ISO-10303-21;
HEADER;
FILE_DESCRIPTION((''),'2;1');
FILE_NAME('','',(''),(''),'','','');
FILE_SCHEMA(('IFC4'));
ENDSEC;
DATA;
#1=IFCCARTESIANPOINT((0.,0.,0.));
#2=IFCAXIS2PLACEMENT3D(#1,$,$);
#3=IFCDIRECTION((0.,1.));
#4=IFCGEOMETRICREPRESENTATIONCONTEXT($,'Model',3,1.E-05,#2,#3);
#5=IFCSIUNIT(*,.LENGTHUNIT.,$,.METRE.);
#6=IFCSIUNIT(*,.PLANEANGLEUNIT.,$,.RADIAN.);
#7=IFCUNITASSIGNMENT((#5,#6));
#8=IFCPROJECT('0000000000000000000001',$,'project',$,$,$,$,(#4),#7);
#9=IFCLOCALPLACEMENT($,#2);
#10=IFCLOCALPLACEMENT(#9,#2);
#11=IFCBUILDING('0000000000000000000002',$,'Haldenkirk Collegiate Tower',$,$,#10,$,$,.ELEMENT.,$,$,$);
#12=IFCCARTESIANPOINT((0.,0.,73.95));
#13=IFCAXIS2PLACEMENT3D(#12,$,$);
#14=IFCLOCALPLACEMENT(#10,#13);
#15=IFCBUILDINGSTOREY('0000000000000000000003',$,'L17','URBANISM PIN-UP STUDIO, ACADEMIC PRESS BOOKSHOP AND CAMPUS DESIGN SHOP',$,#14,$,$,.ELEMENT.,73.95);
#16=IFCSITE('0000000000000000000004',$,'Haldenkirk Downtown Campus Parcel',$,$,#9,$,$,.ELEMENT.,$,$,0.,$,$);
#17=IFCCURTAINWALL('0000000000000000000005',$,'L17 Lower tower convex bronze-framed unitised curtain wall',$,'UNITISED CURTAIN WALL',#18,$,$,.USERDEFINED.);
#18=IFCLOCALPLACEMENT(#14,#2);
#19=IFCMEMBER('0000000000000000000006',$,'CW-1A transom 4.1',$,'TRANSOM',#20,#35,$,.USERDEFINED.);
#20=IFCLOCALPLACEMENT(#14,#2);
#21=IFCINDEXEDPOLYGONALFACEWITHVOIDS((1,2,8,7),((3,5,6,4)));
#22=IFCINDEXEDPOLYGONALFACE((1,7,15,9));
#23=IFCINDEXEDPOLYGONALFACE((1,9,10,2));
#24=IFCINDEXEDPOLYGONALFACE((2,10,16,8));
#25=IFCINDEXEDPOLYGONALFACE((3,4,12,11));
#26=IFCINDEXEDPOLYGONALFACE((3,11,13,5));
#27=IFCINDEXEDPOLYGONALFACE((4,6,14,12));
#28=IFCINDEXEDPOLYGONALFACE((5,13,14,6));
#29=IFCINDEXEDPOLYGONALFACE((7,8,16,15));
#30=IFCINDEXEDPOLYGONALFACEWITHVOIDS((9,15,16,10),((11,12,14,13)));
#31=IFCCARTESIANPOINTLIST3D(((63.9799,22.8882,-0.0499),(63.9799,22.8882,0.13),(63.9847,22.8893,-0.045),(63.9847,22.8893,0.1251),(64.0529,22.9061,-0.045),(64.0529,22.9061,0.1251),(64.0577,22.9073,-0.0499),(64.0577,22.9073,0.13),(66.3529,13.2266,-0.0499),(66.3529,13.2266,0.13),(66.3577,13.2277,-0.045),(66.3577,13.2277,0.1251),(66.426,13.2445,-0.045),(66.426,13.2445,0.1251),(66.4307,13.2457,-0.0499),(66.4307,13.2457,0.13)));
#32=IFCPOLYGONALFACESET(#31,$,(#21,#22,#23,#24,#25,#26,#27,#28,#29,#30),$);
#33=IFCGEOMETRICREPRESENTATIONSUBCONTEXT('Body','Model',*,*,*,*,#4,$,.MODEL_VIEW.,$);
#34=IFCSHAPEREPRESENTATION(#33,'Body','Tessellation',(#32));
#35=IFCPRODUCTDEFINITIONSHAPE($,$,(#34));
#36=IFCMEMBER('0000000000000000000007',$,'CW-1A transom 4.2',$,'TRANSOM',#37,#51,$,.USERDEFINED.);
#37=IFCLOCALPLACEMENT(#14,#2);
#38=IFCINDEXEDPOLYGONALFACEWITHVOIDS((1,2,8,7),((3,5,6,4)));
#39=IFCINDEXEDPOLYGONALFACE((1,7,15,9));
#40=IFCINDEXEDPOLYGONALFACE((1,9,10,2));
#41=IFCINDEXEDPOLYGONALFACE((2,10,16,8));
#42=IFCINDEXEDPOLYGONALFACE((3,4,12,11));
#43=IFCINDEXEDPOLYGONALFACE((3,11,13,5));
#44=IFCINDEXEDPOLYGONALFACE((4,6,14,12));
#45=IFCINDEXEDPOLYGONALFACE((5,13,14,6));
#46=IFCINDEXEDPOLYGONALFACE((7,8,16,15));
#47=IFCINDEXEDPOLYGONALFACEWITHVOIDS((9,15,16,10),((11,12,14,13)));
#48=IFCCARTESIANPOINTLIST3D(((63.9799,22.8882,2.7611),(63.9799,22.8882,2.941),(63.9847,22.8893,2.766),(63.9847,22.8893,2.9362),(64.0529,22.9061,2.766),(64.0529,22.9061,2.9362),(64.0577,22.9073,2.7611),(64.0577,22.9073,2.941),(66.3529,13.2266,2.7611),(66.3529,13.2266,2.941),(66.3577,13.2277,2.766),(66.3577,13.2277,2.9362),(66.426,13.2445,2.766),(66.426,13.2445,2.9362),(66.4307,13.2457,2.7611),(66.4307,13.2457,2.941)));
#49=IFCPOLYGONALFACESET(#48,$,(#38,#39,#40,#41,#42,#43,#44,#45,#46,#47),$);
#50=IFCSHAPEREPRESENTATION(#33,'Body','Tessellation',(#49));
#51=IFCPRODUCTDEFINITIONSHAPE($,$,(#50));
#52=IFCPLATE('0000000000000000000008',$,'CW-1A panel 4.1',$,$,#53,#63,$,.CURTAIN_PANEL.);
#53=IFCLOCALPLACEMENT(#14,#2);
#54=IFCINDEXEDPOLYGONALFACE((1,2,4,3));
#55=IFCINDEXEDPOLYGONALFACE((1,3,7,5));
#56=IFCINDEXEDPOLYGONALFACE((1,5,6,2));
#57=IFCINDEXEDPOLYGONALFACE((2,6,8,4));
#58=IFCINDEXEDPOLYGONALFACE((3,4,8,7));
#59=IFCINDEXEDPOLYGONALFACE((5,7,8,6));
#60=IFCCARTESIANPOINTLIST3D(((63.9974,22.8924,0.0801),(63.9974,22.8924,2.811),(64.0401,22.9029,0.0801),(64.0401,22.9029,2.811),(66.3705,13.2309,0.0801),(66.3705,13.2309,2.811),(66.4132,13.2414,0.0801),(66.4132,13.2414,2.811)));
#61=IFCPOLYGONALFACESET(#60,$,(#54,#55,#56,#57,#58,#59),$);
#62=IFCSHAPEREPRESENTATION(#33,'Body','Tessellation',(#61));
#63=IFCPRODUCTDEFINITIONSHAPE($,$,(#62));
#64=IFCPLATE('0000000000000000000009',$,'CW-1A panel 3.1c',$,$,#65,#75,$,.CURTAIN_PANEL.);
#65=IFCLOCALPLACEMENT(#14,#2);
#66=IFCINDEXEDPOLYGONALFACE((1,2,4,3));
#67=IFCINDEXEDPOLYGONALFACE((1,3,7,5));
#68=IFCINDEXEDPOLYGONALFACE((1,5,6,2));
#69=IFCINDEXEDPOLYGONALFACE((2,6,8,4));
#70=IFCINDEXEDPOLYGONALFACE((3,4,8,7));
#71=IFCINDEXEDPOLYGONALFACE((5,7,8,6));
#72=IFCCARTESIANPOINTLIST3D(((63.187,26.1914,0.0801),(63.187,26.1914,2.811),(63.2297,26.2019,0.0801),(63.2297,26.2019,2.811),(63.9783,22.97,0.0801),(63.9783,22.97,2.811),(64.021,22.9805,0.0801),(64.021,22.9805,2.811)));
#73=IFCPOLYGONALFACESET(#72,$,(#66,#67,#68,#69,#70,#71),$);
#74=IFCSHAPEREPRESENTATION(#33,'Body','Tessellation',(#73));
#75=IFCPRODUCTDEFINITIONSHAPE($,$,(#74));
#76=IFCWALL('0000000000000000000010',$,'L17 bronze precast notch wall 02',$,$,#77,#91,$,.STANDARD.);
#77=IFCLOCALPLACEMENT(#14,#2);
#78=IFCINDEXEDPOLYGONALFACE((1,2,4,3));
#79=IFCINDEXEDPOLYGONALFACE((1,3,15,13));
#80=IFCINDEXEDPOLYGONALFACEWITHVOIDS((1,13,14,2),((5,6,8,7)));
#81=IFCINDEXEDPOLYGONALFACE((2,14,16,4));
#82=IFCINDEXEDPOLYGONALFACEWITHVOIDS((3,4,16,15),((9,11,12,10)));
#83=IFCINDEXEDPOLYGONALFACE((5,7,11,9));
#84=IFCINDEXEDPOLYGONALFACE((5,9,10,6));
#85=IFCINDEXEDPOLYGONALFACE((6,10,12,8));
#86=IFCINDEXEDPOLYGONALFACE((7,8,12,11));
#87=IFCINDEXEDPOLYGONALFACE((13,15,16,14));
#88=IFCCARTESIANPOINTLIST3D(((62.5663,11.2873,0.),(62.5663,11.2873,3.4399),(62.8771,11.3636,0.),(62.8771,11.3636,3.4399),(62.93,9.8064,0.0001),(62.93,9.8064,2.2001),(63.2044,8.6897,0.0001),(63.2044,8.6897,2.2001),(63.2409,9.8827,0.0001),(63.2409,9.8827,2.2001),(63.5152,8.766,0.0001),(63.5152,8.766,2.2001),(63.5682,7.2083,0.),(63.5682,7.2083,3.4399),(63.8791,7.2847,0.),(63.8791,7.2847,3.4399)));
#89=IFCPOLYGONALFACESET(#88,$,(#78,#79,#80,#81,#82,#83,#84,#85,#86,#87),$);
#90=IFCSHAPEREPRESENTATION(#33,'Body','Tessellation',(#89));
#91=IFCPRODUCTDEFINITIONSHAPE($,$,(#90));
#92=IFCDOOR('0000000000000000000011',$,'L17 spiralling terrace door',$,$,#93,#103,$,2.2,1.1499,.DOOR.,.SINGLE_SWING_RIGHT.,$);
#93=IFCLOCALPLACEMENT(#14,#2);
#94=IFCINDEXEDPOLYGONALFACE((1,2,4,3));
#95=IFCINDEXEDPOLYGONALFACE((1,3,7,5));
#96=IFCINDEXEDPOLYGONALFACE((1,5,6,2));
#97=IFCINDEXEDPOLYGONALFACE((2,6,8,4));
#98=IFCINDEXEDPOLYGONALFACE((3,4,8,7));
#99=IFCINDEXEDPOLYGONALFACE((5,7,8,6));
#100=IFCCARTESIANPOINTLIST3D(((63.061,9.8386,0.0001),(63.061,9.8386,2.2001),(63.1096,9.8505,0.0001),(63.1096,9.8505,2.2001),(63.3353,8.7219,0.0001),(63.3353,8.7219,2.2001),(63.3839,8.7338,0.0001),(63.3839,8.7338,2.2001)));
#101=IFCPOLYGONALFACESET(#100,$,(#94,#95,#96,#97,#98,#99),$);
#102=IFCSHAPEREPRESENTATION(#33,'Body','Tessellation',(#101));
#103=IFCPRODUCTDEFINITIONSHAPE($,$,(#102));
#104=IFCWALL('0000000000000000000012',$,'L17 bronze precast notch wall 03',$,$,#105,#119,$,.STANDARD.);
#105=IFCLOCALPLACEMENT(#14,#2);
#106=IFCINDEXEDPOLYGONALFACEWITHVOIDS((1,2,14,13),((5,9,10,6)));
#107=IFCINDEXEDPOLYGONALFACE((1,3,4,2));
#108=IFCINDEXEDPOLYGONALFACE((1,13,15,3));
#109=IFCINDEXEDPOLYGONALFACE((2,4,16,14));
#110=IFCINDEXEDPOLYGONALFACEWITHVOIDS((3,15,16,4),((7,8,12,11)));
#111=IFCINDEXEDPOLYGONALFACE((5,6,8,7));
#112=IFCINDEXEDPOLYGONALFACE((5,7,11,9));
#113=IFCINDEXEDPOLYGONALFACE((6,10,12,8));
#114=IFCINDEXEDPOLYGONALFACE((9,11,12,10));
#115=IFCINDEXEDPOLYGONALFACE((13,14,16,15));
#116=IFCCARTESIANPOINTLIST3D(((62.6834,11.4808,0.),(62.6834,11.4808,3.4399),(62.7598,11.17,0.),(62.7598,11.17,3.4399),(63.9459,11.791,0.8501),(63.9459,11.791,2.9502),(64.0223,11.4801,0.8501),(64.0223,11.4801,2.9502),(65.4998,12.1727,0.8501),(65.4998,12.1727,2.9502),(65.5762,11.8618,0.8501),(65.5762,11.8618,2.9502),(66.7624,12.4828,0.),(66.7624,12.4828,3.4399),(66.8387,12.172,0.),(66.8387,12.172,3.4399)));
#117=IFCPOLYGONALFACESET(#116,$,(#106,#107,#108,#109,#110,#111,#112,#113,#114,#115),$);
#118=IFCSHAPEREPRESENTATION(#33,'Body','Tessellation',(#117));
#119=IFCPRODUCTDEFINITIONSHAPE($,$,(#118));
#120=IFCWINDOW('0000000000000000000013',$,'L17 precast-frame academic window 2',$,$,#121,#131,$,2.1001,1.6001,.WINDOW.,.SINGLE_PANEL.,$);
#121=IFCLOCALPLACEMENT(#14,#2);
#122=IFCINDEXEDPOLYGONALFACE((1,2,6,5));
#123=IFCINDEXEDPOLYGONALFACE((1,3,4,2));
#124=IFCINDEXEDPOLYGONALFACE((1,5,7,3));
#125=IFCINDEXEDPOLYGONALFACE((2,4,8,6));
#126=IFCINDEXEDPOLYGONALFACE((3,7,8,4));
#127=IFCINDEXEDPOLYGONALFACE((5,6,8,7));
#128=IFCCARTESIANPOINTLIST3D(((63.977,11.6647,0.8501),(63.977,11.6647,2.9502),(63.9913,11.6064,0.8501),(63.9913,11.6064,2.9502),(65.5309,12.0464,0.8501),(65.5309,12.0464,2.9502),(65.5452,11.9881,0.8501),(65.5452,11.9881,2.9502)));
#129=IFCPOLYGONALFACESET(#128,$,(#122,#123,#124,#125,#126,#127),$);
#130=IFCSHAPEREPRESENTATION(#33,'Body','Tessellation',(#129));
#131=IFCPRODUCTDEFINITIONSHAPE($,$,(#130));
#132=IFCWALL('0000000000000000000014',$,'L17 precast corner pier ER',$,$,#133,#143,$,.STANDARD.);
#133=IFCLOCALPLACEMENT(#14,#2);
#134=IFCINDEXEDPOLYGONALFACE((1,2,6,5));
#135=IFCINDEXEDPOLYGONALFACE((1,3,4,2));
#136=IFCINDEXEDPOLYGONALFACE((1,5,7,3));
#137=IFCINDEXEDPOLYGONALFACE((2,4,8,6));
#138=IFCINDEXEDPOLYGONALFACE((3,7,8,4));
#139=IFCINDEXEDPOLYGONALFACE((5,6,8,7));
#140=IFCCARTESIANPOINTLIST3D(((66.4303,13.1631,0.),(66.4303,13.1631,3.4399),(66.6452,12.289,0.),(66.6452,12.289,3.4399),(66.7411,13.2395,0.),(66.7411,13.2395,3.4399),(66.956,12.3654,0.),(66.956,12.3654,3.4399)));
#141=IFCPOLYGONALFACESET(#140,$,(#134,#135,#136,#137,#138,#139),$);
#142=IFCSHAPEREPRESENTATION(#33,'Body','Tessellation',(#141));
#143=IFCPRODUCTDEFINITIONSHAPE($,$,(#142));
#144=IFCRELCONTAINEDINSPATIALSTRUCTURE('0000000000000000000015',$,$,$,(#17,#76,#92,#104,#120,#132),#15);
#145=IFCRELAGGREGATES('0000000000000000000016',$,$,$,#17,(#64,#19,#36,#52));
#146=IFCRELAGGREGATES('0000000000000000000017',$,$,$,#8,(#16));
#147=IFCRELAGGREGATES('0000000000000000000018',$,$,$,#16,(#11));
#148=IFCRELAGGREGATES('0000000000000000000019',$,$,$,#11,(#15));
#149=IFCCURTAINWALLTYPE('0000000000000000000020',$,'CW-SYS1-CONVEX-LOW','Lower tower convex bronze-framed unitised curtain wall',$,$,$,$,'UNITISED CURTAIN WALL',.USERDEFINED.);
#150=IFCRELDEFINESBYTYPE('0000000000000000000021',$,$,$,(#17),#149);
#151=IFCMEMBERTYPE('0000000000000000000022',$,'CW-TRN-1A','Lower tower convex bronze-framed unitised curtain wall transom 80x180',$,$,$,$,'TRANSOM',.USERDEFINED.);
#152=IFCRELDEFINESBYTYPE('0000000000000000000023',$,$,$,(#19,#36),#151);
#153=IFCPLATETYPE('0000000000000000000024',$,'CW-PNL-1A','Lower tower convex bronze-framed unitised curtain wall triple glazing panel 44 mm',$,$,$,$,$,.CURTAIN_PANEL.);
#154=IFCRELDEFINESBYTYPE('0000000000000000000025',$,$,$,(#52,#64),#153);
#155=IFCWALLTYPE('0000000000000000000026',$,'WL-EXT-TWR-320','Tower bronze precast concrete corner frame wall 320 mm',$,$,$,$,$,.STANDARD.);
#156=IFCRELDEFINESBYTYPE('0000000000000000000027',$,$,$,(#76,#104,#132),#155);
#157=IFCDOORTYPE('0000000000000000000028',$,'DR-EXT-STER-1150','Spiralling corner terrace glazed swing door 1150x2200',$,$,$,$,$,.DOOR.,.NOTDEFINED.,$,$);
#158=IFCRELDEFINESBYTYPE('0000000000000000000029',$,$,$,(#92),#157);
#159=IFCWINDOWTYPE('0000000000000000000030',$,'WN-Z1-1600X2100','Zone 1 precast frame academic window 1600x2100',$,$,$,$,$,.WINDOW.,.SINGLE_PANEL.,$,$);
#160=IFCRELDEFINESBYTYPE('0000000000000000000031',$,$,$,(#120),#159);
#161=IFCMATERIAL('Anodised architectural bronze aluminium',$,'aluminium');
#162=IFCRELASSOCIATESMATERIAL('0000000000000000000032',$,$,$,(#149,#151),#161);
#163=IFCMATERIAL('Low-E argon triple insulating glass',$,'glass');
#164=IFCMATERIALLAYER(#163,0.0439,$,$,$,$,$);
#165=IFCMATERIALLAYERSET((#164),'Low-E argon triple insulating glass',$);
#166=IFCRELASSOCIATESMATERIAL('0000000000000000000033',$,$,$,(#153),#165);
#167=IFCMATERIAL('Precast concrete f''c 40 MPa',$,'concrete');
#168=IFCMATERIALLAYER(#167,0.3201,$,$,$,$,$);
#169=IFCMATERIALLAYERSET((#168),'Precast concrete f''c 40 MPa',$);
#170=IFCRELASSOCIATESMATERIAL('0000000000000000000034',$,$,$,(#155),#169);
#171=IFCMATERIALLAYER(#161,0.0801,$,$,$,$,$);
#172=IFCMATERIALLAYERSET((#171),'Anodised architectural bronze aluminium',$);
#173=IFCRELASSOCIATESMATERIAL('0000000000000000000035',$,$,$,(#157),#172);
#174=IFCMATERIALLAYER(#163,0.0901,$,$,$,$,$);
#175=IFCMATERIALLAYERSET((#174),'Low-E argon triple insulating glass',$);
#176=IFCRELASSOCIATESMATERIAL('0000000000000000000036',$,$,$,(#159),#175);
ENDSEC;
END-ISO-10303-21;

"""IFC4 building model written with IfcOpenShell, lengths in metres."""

from ifc_helpers import new_model, si_unit, direction, frame, frame_2d, origin, origin_2d, place, context, subcontext, project, spatial, rectangle, hollow_rectangle, extrude, source, transform, mapped, material, layer, layer_set, material_profile, profile_set, type_object, element, fill, aggregate, save


model = new_model("IFC4")

# Units and contexts
model_context = context("Model", 3, precision=1e-05, world=origin(), true_north=direction((0.0, 1.0)))
body_context = subcontext(model_context, "Body", "Model", "MODEL_VIEW")
ifc_project = project(units=[si_unit("LENGTHUNIT", "METRE"), si_unit("PLANEANGLEUNIT", "RADIAN")], contexts=[model_context])

# Site, building, storey
site_placement = place(None, origin())
site = spatial("IfcSite", under=ifc_project, at=site_placement, Name="Haldenkirk Downtown Campus Parcel", CompositionType="ELEMENT", RefElevation=0.0)
building_placement = place(site_placement, origin())
building = spatial("IfcBuilding", under=site, at=building_placement, Name="Haldenkirk Collegiate Tower", CompositionType="ELEMENT")
storey_placement = place(building_placement, frame((0.0, 0.0, 73.95)))
storey = spatial("IfcBuildingStorey", under=building, at=storey_placement, Name="L17", Description="URBANISM PIN-UP STUDIO, ACADEMIC PRESS BOOKSHOP AND CAMPUS DESIGN SHOP", CompositionType="ELEMENT", Elevation=73.95)

# Curtain wall, members, plates
ifc_material_1 = material(Name="Anodised architectural bronze aluminium", Category="aluminium")
curtain_wall_type = type_object("IfcCurtainWallType", Name="CW-SYS1-CONVEX-LOW", Description="Lower tower convex bronze-framed unitised curtain wall", ElementType="UNITISED CURTAIN WALL", PredefinedType="USERDEFINED", material=ifc_material_1)
curtain_wall_placement = place(storey_placement, origin())
curtain_wall = element("IfcCurtainWall", 1, at=curtain_wall_placement, inside=storey, type_object=curtain_wall_type, Name="L17 Lower tower convex bronze-framed unitised curtain wall", ObjectType="UNITISED CURTAIN WALL", PredefinedType="USERDEFINED")
ifc_material_profile_1 = material_profile(ifc_material_1, hollow_rectangle(XDim=0.0801, YDim=0.1799, WallThickness=0.0049, at=origin_2d()), Name="CW-TRN-1A")
ifc_profile_set_1 = profile_set([ifc_material_profile_1], Name="Anodised architectural bronze aluminium")
member_type_1 = type_object("IfcMemberType", Name="CW-TRN-1A", Description="Lower tower convex bronze-framed unitised curtain wall transom 80x180", ElementType="TRANSOM", PredefinedType="USERDEFINED", material=ifc_profile_set_1)
member_1_placement = place(storey_placement, frame((64.0188, 22.8977, 0.04), z_axis=(0.238526, -0.971136, 0.0), x_axis=(0.971136, 0.238526, 0.0)))
member_1 = element("IfcMember", 2, at=member_1_placement, type_object=member_type_1, Name="CW-1A transom 4.1", ObjectType="TRANSOM", PredefinedType="USERDEFINED", context=body_context, shape_type="SweptSolid", body=[
    extrude(hollow_rectangle(XDim=0.0801, YDim=0.1799, WallThickness=0.0049, at=origin_2d()), origin(), (0.0, 0.0, 1.0), 9.9487),
])
member_2_placement = place(storey_placement, frame((64.0188, 22.8977, 2.8511), z_axis=(0.238526, -0.971136, 0.0), x_axis=(0.971136, 0.238526, 0.0)))
member_2 = element("IfcMember", 3, at=member_2_placement, type_object=member_type_1, Name="CW-1A transom 4.2", ObjectType="TRANSOM", PredefinedType="USERDEFINED", context=body_context, shape_type="SweptSolid", body=[
    extrude(hollow_rectangle(XDim=0.0801, YDim=0.1799, WallThickness=0.0049, at=origin_2d()), origin(), (0.0, 0.0, 1.0), 9.9487),
])
ifc_material_2 = material(Name="Low-E argon triple insulating glass", Category="glass")
ifc_layer_1 = layer(ifc_material_2, 0.0439)
ifc_layer_set_1 = layer_set([ifc_layer_1], Name="Low-E argon triple insulating glass")
plate_type = type_object("IfcPlateType", Name="CW-PNL-1A", Description="Lower tower convex bronze-framed unitised curtain wall triple glazing panel 44 mm", PredefinedType="CURTAIN_PANEL", material=ifc_layer_set_1)
shared_shape_1 = source(origin(), body_context, "Body", "SweptSolid", [
    extrude(rectangle(XDim=9.9487, YDim=0.0439, at=origin_2d()), origin(), (0.0, 0.0, 1.0), 2.731),
])
plate_1_placement = place(storey_placement, frame((65.2053, 18.0669, 0.0801), z_axis=(0.0, 0.0, 1.0), x_axis=(0.238533, -0.971134, 0.0)))
plate_1 = element("IfcPlate", 4, at=plate_1_placement, type_object=plate_type, Name="CW-1A panel 4.1", PredefinedType="CURTAIN_PANEL", context=body_context, shape_type="MappedRepresentation", body=[
    mapped(shared_shape_1, transform((0.0, 0.0, 0.0), x_axis=(1.0, 0.0, 0.0), y_axis=(0.0, 1.0, 0.0), z_axis=(0.0, 0.0, 1.0), scale=1.0)),
])
shared_shape_2 = source(origin(), body_context, "Body", "SweptSolid", [
    extrude(rectangle(XDim=3.3171, YDim=0.0439, at=origin_2d()), origin(), (0.0, 0.0, 1.0), 2.731),
])
plate_2_placement = place(storey_placement, frame((63.604, 24.5859, 0.0801), z_axis=(0.0, 0.0, 1.0), x_axis=(0.238533, -0.971134, 0.0)))
plate_2 = element("IfcPlate", 5, at=plate_2_placement, type_object=plate_type, Name="CW-1A panel 3.1c", PredefinedType="CURTAIN_PANEL", context=body_context, shape_type="MappedRepresentation", body=[
    mapped(shared_shape_2, transform((0.0, 0.0, 0.0), x_axis=(1.0, 0.0, 0.0), y_axis=(0.0, 1.0, 0.0), z_axis=(0.0, 0.0, 1.0), scale=1.0)),
])
aggregate(curtain_wall, [plate_2, member_1, member_2, plate_1])

# Wall, opening, door
ifc_material_3 = material(Name="Precast concrete f'c 40 MPa", Category="concrete")
ifc_layer_2 = layer(ifc_material_3, 0.3201)
ifc_layer_set_2 = layer_set([ifc_layer_2], Name="Precast concrete f'c 40 MPa")
wall_type_1 = type_object("IfcWallType", Name="WL-EXT-TWR-320", Description="Tower bronze precast concrete corner frame wall 320 mm", PredefinedType="STANDARD", material=ifc_layer_set_2)
wall_1_placement = place(storey_placement, frame((62.7217, 11.3254, 0.0), z_axis=(0.0, 0.0, 1.0), x_axis=(0.238554, -0.971129, 0.0)))
wall_1 = element("IfcWall", 6, at=wall_1_placement, inside=storey, type_object=wall_type_1, Name="L17 bronze precast notch wall 02", PredefinedType="STANDARD", context=body_context, shape_type="SweptSolid", body=[
    extrude(rectangle(XDim=4.2002, YDim=0.3201, at=frame_2d((2.1001, 0.0))), origin(), (0.0, 0.0, 1.0), 3.4399),
])
opening_1_placement = place(wall_1_placement, frame((1.5249, 0.0, 0.0)))
opening_1 = element("IfcOpeningElement", 7, at=opening_1_placement, cuts=wall_1, PredefinedType="OPENING", context=body_context, shape_type="SweptSolid", body=[
    extrude(rectangle(XDim=1.1499, YDim=2.2, at=frame_2d((0.575, 1.1001))), frame((0.0, 0.1699, 0.0), z_axis=(0.0, -1.0, 0.0), x_axis=(1.0, 0.0, 0.0)), (0.0, 0.0, 1.0), 0.3401),
])
ifc_layer_3 = layer(ifc_material_1, 0.0801)
ifc_layer_set_3 = layer_set([ifc_layer_3], Name="Anodised architectural bronze aluminium")
door_type_1 = type_object("IfcDoorType", Name="DR-EXT-STER-1150", Description="Spiralling corner terrace glazed swing door 1150x2200", OperationType="NOTDEFINED", PredefinedType="DOOR", material=ifc_layer_set_3)
door_1_placement = place(opening_1_placement, origin())
door_1 = element("IfcDoor", 8, at=door_1_placement, inside=storey, type_object=door_type_1, Name="L17 spiralling terrace door", OperationType="SINGLE_SWING_RIGHT", OverallHeight=2.2, OverallWidth=1.1499, PredefinedType="DOOR", context=body_context, shape_type="SweptSolid", body=[
    extrude(rectangle(XDim=1.1499, YDim=2.2, at=frame_2d((0.575, 1.1001))), frame((0.0, 0.0249, 0.0), z_axis=(0.0, -1.0, 0.0), x_axis=(1.0, 0.0, 0.0)), (0.0, 0.0, 1.0), 0.05),
])
fill(opening_1, door_1)

# Wall, opening, window
wall_2_placement = place(storey_placement, frame((66.8005, 12.3274, 0.0), z_axis=(0.0, 0.0, 1.0), x_axis=(-0.971129, -0.238554, 0.0)))
wall_2 = element("IfcWall", 9, at=wall_2_placement, inside=storey, type_object=wall_type_1, Name="L17 bronze precast notch wall 03", PredefinedType="STANDARD", context=body_context, shape_type="SweptSolid", body=[
    extrude(rectangle(XDim=4.2002, YDim=0.3201, at=frame_2d((2.1001, 0.0))), origin(), (0.0, 0.0, 1.0), 3.4399),
])
opening_2_placement = place(wall_2_placement, frame((1.3, 0.0, 0.8501)))
opening_2 = element("IfcOpeningElement", 10, at=opening_2_placement, cuts=wall_2, PredefinedType="OPENING", context=body_context, shape_type="SweptSolid", body=[
    extrude(rectangle(XDim=1.6001, YDim=2.1001, at=frame_2d((0.8, 1.05))), frame((0.0, 0.1699, 0.0), z_axis=(0.0, -1.0, 0.0), x_axis=(1.0, 0.0, 0.0)), (0.0, 0.0, 1.0), 0.3401),
])
ifc_layer_4 = layer(ifc_material_2, 0.0901)
ifc_layer_set_4 = layer_set([ifc_layer_4], Name="Low-E argon triple insulating glass")
window_type = type_object("IfcWindowType", Name="WN-Z1-1600X2100", Description="Zone 1 precast frame academic window 1600x2100", PartitioningType="SINGLE_PANEL", PredefinedType="WINDOW", material=ifc_layer_set_4)
window_placement = place(opening_2_placement, origin())
window = element("IfcWindow", 11, at=window_placement, inside=storey, type_object=window_type, Name="L17 precast-frame academic window 2", OverallHeight=2.1001, OverallWidth=1.6001, PartitioningType="SINGLE_PANEL", PredefinedType="WINDOW", context=body_context, shape_type="SweptSolid", body=[
    extrude(rectangle(XDim=1.6001, YDim=2.1001, at=frame_2d((0.8, 1.05))), frame((0.0, 0.03, 0.0), z_axis=(0.0, -1.0, 0.0), x_axis=(1.0, 0.0, 0.0)), (0.0, 0.0, 1.0), 0.0601),
])
fill(opening_2, window)

# Wall
wall_3_placement = place(storey_placement, frame((66.5857, 13.2014, 0.0), z_axis=(0.0, 0.0, 1.0), x_axis=(0.238704, -0.971092, 0.0)))
element("IfcWall", 12, at=wall_3_placement, inside=storey, type_object=wall_type_1, Name="L17 precast corner pier ER", PredefinedType="STANDARD", context=body_context, shape_type="SweptSolid", body=[
    extrude(rectangle(XDim=0.9001, YDim=0.3201, at=frame_2d((0.4502, 0.0))), origin(), (0.0, 0.0, 1.0), 3.4399),
])

save(model, "model.ifc")
